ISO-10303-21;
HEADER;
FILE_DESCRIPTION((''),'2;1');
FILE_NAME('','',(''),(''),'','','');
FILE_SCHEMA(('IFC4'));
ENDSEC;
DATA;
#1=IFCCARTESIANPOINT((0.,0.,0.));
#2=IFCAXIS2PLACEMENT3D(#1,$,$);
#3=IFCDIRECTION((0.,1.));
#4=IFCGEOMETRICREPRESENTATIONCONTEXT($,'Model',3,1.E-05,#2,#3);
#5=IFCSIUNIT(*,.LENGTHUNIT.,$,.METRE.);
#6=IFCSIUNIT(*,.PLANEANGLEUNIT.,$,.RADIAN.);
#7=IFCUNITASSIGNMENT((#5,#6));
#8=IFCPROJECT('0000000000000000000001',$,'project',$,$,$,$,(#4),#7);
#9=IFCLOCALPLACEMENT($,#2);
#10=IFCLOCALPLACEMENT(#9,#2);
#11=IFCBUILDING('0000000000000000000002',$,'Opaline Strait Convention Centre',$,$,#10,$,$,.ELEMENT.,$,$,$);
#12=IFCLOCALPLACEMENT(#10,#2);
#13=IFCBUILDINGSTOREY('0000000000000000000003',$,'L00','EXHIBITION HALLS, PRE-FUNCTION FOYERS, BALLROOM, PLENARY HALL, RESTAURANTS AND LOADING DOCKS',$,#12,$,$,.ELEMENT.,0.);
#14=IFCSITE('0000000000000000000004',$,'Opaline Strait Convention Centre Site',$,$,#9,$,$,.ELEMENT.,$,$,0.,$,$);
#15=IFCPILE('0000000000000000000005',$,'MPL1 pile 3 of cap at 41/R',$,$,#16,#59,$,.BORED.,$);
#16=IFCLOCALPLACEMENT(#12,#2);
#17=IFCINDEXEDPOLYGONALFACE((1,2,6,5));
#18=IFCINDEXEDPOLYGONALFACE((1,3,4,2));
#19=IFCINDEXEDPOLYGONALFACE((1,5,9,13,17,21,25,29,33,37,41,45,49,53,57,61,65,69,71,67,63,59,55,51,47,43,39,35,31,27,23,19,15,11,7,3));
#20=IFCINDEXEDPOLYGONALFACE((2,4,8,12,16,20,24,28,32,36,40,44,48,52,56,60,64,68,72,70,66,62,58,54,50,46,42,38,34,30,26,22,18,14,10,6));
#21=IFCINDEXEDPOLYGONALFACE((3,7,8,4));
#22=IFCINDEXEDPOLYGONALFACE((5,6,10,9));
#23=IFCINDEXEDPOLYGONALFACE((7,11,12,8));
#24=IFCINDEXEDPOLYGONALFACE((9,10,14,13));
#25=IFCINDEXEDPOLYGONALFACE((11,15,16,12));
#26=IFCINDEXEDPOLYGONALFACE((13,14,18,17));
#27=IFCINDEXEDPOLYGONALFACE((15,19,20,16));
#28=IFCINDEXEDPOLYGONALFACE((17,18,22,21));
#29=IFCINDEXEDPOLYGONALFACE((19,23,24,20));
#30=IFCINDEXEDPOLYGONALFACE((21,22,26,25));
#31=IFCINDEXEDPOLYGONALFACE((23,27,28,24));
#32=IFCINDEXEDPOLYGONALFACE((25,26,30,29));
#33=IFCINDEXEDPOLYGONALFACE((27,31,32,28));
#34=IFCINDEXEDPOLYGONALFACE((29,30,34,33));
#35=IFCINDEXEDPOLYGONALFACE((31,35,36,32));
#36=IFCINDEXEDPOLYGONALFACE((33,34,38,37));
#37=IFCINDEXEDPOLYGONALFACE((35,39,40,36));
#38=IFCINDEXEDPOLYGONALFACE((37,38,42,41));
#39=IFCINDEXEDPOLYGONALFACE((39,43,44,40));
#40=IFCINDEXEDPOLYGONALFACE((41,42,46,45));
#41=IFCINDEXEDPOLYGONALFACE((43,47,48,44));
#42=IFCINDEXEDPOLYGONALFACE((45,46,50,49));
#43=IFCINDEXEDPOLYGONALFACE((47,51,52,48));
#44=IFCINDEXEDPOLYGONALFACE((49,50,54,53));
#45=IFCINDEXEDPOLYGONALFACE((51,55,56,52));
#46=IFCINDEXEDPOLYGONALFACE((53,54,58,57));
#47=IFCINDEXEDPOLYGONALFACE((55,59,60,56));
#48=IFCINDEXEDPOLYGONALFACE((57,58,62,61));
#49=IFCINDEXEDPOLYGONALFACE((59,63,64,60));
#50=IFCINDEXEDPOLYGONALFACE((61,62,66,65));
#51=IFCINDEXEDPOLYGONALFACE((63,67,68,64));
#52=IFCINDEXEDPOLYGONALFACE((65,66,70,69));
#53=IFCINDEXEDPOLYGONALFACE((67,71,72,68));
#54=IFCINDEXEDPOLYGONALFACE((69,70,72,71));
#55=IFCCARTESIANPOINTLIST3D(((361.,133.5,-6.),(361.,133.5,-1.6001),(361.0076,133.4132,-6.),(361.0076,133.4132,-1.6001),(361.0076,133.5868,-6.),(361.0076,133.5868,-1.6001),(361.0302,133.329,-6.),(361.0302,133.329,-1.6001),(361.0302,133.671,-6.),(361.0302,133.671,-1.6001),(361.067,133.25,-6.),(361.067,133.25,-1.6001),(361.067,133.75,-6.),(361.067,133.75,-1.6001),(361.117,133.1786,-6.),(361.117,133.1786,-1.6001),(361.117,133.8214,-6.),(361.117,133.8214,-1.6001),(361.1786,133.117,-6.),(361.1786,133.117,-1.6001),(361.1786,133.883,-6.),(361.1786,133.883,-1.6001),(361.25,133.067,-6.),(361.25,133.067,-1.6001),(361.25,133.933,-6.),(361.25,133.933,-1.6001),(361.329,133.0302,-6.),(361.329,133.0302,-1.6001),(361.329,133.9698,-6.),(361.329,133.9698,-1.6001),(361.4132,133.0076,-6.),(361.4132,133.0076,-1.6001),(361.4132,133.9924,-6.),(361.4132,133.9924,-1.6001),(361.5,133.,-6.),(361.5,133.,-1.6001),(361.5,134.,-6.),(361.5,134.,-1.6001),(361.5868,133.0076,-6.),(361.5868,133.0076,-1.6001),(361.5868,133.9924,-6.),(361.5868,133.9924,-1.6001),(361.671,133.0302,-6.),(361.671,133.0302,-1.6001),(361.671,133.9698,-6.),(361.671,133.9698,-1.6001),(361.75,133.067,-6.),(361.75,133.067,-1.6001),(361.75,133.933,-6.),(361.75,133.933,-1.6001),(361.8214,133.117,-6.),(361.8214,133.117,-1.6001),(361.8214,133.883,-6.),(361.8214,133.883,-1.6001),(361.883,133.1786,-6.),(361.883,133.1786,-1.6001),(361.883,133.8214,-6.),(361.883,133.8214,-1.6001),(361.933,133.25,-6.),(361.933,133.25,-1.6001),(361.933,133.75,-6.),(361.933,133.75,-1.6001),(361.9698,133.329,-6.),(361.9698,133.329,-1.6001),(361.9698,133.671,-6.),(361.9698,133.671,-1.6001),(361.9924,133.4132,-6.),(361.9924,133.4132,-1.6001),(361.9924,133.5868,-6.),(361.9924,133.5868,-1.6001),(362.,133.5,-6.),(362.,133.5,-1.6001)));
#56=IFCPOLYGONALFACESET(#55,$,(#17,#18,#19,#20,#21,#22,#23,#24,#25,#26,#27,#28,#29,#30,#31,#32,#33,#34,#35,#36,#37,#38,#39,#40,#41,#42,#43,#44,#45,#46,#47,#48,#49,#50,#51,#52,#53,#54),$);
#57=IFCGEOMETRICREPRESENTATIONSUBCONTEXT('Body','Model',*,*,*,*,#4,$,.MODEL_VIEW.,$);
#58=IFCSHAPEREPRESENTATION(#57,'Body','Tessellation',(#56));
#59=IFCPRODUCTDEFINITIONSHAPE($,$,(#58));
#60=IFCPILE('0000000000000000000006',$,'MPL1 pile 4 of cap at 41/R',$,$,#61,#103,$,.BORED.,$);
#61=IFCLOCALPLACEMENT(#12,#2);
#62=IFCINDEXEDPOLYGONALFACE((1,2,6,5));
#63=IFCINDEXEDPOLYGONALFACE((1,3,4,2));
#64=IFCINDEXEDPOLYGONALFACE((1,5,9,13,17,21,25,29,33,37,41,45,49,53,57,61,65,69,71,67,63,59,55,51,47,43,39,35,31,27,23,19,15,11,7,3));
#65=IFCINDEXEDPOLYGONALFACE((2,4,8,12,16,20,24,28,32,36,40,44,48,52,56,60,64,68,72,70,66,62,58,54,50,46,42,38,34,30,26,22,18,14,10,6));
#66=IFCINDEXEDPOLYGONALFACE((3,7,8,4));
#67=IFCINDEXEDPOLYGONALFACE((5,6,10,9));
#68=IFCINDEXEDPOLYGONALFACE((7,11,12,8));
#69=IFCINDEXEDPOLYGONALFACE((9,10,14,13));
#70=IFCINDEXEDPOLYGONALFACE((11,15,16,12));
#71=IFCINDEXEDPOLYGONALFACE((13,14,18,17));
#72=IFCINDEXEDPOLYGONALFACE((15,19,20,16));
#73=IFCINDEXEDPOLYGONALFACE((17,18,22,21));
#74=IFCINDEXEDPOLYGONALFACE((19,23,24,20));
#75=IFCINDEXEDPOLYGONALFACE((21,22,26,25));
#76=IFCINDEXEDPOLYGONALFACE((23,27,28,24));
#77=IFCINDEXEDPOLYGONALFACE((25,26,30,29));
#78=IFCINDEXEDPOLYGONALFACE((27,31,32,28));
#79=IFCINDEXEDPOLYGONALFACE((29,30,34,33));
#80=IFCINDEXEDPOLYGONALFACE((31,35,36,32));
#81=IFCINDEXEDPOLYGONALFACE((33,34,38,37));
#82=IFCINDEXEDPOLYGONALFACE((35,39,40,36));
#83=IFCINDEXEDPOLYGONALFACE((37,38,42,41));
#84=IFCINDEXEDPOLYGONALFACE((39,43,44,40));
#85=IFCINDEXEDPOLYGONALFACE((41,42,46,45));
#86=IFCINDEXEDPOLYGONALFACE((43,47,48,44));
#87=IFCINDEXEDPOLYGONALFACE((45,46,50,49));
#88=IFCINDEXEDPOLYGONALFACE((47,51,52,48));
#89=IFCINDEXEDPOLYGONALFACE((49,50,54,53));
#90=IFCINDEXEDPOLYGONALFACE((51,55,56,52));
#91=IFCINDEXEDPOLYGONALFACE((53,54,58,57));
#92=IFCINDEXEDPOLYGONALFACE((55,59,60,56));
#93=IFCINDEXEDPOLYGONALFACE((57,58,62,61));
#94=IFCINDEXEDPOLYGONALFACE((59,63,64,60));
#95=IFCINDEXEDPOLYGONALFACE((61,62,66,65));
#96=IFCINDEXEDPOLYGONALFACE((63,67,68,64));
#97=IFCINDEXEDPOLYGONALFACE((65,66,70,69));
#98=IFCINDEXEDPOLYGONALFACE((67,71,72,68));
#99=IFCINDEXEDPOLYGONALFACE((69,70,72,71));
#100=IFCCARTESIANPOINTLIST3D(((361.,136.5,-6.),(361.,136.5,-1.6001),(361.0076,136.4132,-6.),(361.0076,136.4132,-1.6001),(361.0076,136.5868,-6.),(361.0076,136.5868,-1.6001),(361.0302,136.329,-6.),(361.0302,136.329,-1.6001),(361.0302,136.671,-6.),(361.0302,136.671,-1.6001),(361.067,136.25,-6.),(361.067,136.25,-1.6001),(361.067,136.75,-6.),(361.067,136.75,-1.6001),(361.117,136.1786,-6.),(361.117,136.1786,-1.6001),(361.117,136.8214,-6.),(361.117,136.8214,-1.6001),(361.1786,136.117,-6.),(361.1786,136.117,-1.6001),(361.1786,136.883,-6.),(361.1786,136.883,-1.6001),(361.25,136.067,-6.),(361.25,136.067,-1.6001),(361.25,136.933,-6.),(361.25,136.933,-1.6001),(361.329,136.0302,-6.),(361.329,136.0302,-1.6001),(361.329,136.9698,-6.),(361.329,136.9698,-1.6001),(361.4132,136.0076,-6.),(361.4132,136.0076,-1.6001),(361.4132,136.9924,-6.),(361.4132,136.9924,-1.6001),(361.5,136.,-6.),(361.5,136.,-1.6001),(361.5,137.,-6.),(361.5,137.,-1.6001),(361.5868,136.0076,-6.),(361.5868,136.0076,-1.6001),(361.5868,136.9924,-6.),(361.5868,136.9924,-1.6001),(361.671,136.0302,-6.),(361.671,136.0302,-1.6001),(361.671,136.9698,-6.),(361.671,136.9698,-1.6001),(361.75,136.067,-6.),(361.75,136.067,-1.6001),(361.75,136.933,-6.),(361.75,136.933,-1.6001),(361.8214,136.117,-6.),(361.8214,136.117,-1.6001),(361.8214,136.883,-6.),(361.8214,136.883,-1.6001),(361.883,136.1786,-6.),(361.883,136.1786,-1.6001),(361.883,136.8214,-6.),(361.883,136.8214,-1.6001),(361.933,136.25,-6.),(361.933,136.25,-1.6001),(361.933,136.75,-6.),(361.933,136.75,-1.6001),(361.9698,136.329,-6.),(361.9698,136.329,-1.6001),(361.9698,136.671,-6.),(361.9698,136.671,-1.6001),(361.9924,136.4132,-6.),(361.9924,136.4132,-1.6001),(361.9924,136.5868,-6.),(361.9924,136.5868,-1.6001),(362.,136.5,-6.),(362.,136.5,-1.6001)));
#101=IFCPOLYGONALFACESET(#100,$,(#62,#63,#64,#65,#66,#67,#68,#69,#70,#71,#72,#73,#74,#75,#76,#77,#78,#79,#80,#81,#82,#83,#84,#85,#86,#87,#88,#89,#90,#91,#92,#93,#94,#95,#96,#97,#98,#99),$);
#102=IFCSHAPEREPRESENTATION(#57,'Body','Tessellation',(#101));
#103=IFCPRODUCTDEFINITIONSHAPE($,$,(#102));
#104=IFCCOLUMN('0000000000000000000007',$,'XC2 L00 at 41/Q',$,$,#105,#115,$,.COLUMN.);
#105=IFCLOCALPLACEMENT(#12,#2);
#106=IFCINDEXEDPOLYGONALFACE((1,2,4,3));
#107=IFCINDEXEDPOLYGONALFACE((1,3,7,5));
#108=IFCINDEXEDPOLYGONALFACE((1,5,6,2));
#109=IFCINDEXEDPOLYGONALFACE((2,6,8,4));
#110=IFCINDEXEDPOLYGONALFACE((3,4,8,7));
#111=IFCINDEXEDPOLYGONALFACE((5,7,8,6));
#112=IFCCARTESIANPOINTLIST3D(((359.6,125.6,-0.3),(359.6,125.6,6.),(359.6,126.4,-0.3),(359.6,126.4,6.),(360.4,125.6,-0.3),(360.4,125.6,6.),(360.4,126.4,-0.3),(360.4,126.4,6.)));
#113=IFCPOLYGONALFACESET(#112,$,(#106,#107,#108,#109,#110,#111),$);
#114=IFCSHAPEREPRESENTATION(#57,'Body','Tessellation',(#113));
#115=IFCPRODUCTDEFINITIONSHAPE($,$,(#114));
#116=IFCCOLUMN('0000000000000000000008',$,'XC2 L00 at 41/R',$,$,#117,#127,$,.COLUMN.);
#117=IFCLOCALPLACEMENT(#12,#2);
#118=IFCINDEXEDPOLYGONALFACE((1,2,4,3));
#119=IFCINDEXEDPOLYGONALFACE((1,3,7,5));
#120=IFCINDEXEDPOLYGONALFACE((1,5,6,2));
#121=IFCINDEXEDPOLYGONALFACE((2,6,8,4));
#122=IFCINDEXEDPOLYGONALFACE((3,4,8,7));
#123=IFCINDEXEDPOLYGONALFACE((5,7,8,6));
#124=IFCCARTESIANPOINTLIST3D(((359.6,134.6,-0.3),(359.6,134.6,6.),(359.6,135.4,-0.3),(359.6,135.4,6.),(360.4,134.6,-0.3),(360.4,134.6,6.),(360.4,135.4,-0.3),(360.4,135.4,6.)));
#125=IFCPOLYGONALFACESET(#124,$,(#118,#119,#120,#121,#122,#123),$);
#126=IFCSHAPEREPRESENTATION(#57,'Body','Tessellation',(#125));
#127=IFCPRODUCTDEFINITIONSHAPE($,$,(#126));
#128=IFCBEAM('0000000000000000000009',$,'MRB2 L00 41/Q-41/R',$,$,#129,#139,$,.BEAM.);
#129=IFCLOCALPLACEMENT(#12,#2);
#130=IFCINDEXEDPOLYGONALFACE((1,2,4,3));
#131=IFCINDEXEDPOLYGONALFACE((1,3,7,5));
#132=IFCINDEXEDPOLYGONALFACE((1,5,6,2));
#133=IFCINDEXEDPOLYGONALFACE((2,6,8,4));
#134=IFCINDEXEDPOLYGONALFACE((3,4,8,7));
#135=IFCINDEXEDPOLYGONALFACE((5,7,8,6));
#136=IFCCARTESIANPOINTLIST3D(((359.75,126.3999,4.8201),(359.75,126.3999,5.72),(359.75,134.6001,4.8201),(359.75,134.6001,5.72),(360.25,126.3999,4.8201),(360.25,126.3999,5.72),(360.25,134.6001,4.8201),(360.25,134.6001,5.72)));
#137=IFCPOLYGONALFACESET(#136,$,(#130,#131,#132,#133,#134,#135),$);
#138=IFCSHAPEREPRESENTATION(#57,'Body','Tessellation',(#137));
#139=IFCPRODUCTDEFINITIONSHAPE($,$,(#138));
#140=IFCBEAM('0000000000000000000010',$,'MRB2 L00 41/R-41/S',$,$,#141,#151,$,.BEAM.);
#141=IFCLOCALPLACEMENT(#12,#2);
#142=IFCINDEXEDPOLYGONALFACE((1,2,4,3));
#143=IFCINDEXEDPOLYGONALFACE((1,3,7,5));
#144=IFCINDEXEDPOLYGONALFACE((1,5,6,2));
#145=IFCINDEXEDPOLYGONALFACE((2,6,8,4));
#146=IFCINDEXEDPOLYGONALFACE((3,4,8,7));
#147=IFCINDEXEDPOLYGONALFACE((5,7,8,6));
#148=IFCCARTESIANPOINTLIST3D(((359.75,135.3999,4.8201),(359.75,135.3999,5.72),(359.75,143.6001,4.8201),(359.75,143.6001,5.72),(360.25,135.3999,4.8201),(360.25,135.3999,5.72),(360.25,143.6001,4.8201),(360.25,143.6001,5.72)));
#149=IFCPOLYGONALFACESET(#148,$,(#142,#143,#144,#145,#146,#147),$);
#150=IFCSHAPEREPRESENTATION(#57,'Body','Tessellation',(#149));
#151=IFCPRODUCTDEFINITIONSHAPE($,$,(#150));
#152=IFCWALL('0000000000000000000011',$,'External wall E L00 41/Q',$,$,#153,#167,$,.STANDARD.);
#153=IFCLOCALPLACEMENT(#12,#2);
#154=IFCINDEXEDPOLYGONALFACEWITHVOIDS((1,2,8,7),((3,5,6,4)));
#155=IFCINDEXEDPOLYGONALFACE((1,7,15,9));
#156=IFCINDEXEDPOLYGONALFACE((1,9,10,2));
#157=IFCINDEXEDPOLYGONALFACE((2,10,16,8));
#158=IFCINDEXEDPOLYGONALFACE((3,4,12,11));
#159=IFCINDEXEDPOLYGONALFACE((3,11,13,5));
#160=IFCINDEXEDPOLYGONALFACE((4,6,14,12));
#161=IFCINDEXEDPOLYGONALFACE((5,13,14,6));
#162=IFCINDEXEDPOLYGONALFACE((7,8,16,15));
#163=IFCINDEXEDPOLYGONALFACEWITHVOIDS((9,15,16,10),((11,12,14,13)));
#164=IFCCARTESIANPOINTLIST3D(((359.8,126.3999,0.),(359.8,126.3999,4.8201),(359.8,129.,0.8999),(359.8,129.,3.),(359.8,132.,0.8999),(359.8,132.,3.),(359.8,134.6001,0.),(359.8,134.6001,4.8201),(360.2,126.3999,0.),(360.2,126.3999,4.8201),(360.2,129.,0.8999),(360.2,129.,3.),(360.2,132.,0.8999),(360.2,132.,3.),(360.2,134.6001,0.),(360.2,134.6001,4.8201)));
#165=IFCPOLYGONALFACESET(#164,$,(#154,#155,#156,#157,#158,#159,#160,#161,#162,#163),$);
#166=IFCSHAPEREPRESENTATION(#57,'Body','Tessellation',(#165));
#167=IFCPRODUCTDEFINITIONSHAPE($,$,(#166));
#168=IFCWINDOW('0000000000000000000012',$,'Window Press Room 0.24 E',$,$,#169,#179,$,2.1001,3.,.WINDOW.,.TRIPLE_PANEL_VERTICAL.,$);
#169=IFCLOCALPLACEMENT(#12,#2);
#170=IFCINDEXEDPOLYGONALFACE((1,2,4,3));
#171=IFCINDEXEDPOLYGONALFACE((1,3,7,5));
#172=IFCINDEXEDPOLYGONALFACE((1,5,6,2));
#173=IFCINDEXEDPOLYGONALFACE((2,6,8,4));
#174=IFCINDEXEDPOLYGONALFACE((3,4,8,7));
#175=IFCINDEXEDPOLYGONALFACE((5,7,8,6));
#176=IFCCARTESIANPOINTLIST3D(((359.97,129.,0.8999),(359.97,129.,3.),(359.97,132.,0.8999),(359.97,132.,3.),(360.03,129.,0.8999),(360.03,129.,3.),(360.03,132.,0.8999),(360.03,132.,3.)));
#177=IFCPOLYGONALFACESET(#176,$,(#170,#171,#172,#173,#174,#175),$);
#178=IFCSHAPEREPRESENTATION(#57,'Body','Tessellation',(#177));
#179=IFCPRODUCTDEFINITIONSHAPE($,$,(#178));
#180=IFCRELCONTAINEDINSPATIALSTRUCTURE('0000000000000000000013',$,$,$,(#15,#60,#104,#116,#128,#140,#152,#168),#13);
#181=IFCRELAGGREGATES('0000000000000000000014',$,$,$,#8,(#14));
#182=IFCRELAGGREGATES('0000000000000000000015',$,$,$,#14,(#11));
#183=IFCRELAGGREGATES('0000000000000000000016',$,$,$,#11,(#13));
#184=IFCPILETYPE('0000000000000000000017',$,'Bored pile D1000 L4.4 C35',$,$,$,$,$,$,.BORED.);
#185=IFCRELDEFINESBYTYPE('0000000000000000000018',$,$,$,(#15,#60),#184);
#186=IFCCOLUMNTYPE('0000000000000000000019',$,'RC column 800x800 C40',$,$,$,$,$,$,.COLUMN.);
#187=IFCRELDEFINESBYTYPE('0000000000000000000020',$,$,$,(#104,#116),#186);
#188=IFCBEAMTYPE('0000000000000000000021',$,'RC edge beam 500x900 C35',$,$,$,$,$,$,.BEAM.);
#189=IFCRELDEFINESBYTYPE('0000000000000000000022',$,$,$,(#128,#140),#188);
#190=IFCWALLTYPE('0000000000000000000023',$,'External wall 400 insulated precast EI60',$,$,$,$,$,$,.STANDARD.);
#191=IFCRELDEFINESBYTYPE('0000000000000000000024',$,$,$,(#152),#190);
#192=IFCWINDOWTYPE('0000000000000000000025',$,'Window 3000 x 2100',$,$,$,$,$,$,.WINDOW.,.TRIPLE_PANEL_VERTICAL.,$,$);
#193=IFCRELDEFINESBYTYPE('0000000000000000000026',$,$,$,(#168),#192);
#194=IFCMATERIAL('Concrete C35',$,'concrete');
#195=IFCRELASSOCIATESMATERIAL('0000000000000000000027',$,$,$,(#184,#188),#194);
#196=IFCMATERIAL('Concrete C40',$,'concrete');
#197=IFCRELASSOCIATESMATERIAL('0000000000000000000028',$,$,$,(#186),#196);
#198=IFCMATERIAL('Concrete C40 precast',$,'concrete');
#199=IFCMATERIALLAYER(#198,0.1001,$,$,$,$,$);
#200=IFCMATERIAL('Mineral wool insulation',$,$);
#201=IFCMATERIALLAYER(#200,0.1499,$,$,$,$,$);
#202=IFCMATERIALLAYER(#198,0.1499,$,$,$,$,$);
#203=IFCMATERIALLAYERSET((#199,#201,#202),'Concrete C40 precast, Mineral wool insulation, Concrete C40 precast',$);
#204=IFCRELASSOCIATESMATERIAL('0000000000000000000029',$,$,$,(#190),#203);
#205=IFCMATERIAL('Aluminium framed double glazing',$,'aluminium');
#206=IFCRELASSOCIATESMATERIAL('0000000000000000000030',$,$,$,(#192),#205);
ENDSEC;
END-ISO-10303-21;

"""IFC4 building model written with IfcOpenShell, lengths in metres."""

from ifc_helpers import new_model, si_unit, direction, frame, frame_2d, origin, origin_2d, place, context, subcontext, project, spatial, rectangle, circle, extrude, material, layer, layer_set, material_profile, profile_set, type_object, element, fill, save


model = new_model("IFC4")

# Units and contexts
model_context = context("Model", 3, precision=1e-05, world=origin(), true_north=direction((0.0, 1.0)))
body_context = subcontext(model_context, "Body", "Model", "MODEL_VIEW")
ifc_project = project(units=[si_unit("LENGTHUNIT", "METRE"), si_unit("PLANEANGLEUNIT", "RADIAN")], contexts=[model_context])

# Site, building, storey
site_placement = place(None, origin())
site = spatial("IfcSite", under=ifc_project, at=site_placement, Name="Opaline Strait Convention Centre Site", CompositionType="ELEMENT", RefElevation=0.0)
building_placement = place(site_placement, origin())
building = spatial("IfcBuilding", under=site, at=building_placement, Name="Opaline Strait Convention Centre", CompositionType="ELEMENT")
storey_placement = place(building_placement, origin())
storey = spatial("IfcBuildingStorey", under=building, at=storey_placement, Name="L00", Description="EXHIBITION HALLS, PRE-FUNCTION FOYERS, BALLROOM, PLENARY HALL, RESTAURANTS AND LOADING DOCKS", CompositionType="ELEMENT", Elevation=0.0)

# Piles
ifc_material_1 = material(Name="Concrete C35", Category="concrete")
ifc_material_profile_1 = material_profile(ifc_material_1, circle(Radius=0.5, at=origin_2d()), Name="D1000")
ifc_profile_set_1 = profile_set([ifc_material_profile_1], Name="Concrete C35")
pile_type = type_object("IfcPileType", Name="Bored pile D1000 L4.4 C35", PredefinedType="BORED", material=ifc_profile_set_1)
for number, where, z_axis, x_axis, name in (
    (1, (361.5, 133.5, -1.6001), (0.0, 0.0, -1.0), (1.0, 0.0, 0.0), "MPL1 pile 3 of cap at 41/R"),
    (2, (361.5, 136.5, -1.6001), (0.0, 0.0, -1.0), (1.0, 0.0, 0.0), "MPL1 pile 4 of cap at 41/R"),
):
    element("IfcPile", number, at=place(storey_placement, frame(where, z_axis=z_axis, x_axis=x_axis)), inside=storey, type_object=pile_type, Name=name, PredefinedType="BORED", context=body_context, shape_type="SweptSolid", body=[
        extrude(circle(Radius=0.5, at=origin_2d()), origin(), (0.0, 0.0, 1.0), 4.3999),
    ])

# Columns
ifc_material_2 = material(Name="Concrete C40", Category="concrete")
ifc_material_profile_2 = material_profile(ifc_material_2, rectangle(XDim=0.8, YDim=0.8, at=origin_2d()), Name="RC 800x800")
ifc_profile_set_2 = profile_set([ifc_material_profile_2], Name="Concrete C40")
column_type = type_object("IfcColumnType", Name="RC column 800x800 C40", PredefinedType="COLUMN", material=ifc_profile_set_2)
for number, where, z_axis, x_axis, name in (
    (3, (360.0, 126.0, -0.3), (0.0, 0.0, 1.0), (1.0, 0.0, 0.0), "XC2 L00 at 41/Q"),
    (4, (360.0, 135.0, -0.3), (0.0, 0.0, 1.0), (1.0, 0.0, 0.0), "XC2 L00 at 41/R"),
):
    element("IfcColumn", number, at=place(storey_placement, frame(where, z_axis=z_axis, x_axis=x_axis)), inside=storey, type_object=column_type, Name=name, PredefinedType="COLUMN", context=body_context, shape_type="SweptSolid", body=[
        extrude(rectangle(XDim=0.8, YDim=0.8, at=origin_2d()), origin(), (0.0, 0.0, 1.0), 6.3),
    ])

# Beams
ifc_material_profile_3 = material_profile(ifc_material_1, rectangle(XDim=0.5, YDim=0.8999, at=origin_2d()), Name="RC 500x900")
ifc_profile_set_3 = profile_set([ifc_material_profile_3], Name="Concrete C35")
beam_type = type_object("IfcBeamType", Name="RC edge beam 500x900 C35", PredefinedType="BEAM", material=ifc_profile_set_3)
for number, where, z_axis, x_axis, name in (
    (5, (360.0, 126.3999, 5.27), (0.0, 1.0, 0.0), (-1.0, 0.0, 0.0), "MRB2 L00 41/Q-41/R"),
    (6, (360.0, 135.3999, 5.27), (0.0, 1.0, 0.0), (-1.0, 0.0, 0.0), "MRB2 L00 41/R-41/S"),
):
    element("IfcBeam", number, at=place(storey_placement, frame(where, z_axis=z_axis, x_axis=x_axis)), inside=storey, type_object=beam_type, Name=name, PredefinedType="BEAM", context=body_context, shape_type="SweptSolid", body=[
        extrude(rectangle(XDim=0.5, YDim=0.8999, at=origin_2d()), origin(), (0.0, 0.0, 1.0), 8.2002),
    ])

# Wall, opening, window
ifc_material_3 = material(Name="Concrete C40 precast", Category="concrete")
ifc_layer_1 = layer(ifc_material_3, 0.1001)
ifc_material_4 = material(Name="Mineral wool insulation")
ifc_layer_2 = layer(ifc_material_4, 0.1499)
ifc_layer_3 = layer(ifc_material_3, 0.1499)
ifc_layer_set_1 = layer_set([ifc_layer_1, ifc_layer_2, ifc_layer_3], Name="Concrete C40 precast, Mineral wool insulation, Concrete C40 precast")
wall_type = type_object("IfcWallType", Name="External wall 400 insulated precast EI60", PredefinedType="STANDARD", material=ifc_layer_set_1)
wall_1_placement = place(storey_placement, frame((360.0, 126.3999, 0.0), z_axis=(0.0, 0.0, 1.0), x_axis=(0.0, 1.0, 0.0)))
wall_1 = element("IfcWall", 7, at=wall_1_placement, inside=storey, type_object=wall_type, Name="External wall E L00 41/Q", PredefinedType="STANDARD", context=body_context, shape_type="SweptSolid", body=[
    extrude(rectangle(XDim=8.2002, YDim=0.3999, at=frame_2d((4.1001, 0.0))), origin(), (0.0, 0.0, 1.0), 4.8201),
])
opening_1_placement = place(wall_1_placement, frame((2.6001, 0.0, 0.8999)))
opening_1 = element("IfcOpeningElement", 8, at=opening_1_placement, cuts=wall_1, PredefinedType="OPENING", context=body_context, shape_type="SweptSolid", body=[
    extrude(rectangle(XDim=3.0, YDim=2.1001, at=frame_2d((1.5, 1.05))), frame((0.0, 0.21, 0.0), z_axis=(0.0, -1.0, 0.0), x_axis=(1.0, 0.0, 0.0)), (0.0, 0.0, 1.0), 0.4199),
])
ifc_material_5 = material(Name="Aluminium framed double glazing", Category="aluminium")
window_type = type_object("IfcWindowType", Name="Window 3000 x 2100", PartitioningType="TRIPLE_PANEL_VERTICAL", PredefinedType="WINDOW", material=ifc_material_5)
window_placement = place(opening_1_placement, origin())
window = element("IfcWindow", 9, at=window_placement, inside=storey, type_object=window_type, Name="Window Press Room 0.24 E", OverallHeight=2.1001, OverallWidth=3.0, PartitioningType="TRIPLE_PANEL_VERTICAL", PredefinedType="WINDOW", context=body_context, shape_type="SweptSolid", body=[
    extrude(rectangle(XDim=3.0, YDim=2.1001, at=frame_2d((1.5, 1.05))), frame((0.0, 0.03, 0.0), z_axis=(0.0, -1.0, 0.0), x_axis=(1.0, 0.0, 0.0)), (0.0, 0.0, 1.0), 0.0601),
])
fill(opening_1, window)

save(model, "model.ifc")
